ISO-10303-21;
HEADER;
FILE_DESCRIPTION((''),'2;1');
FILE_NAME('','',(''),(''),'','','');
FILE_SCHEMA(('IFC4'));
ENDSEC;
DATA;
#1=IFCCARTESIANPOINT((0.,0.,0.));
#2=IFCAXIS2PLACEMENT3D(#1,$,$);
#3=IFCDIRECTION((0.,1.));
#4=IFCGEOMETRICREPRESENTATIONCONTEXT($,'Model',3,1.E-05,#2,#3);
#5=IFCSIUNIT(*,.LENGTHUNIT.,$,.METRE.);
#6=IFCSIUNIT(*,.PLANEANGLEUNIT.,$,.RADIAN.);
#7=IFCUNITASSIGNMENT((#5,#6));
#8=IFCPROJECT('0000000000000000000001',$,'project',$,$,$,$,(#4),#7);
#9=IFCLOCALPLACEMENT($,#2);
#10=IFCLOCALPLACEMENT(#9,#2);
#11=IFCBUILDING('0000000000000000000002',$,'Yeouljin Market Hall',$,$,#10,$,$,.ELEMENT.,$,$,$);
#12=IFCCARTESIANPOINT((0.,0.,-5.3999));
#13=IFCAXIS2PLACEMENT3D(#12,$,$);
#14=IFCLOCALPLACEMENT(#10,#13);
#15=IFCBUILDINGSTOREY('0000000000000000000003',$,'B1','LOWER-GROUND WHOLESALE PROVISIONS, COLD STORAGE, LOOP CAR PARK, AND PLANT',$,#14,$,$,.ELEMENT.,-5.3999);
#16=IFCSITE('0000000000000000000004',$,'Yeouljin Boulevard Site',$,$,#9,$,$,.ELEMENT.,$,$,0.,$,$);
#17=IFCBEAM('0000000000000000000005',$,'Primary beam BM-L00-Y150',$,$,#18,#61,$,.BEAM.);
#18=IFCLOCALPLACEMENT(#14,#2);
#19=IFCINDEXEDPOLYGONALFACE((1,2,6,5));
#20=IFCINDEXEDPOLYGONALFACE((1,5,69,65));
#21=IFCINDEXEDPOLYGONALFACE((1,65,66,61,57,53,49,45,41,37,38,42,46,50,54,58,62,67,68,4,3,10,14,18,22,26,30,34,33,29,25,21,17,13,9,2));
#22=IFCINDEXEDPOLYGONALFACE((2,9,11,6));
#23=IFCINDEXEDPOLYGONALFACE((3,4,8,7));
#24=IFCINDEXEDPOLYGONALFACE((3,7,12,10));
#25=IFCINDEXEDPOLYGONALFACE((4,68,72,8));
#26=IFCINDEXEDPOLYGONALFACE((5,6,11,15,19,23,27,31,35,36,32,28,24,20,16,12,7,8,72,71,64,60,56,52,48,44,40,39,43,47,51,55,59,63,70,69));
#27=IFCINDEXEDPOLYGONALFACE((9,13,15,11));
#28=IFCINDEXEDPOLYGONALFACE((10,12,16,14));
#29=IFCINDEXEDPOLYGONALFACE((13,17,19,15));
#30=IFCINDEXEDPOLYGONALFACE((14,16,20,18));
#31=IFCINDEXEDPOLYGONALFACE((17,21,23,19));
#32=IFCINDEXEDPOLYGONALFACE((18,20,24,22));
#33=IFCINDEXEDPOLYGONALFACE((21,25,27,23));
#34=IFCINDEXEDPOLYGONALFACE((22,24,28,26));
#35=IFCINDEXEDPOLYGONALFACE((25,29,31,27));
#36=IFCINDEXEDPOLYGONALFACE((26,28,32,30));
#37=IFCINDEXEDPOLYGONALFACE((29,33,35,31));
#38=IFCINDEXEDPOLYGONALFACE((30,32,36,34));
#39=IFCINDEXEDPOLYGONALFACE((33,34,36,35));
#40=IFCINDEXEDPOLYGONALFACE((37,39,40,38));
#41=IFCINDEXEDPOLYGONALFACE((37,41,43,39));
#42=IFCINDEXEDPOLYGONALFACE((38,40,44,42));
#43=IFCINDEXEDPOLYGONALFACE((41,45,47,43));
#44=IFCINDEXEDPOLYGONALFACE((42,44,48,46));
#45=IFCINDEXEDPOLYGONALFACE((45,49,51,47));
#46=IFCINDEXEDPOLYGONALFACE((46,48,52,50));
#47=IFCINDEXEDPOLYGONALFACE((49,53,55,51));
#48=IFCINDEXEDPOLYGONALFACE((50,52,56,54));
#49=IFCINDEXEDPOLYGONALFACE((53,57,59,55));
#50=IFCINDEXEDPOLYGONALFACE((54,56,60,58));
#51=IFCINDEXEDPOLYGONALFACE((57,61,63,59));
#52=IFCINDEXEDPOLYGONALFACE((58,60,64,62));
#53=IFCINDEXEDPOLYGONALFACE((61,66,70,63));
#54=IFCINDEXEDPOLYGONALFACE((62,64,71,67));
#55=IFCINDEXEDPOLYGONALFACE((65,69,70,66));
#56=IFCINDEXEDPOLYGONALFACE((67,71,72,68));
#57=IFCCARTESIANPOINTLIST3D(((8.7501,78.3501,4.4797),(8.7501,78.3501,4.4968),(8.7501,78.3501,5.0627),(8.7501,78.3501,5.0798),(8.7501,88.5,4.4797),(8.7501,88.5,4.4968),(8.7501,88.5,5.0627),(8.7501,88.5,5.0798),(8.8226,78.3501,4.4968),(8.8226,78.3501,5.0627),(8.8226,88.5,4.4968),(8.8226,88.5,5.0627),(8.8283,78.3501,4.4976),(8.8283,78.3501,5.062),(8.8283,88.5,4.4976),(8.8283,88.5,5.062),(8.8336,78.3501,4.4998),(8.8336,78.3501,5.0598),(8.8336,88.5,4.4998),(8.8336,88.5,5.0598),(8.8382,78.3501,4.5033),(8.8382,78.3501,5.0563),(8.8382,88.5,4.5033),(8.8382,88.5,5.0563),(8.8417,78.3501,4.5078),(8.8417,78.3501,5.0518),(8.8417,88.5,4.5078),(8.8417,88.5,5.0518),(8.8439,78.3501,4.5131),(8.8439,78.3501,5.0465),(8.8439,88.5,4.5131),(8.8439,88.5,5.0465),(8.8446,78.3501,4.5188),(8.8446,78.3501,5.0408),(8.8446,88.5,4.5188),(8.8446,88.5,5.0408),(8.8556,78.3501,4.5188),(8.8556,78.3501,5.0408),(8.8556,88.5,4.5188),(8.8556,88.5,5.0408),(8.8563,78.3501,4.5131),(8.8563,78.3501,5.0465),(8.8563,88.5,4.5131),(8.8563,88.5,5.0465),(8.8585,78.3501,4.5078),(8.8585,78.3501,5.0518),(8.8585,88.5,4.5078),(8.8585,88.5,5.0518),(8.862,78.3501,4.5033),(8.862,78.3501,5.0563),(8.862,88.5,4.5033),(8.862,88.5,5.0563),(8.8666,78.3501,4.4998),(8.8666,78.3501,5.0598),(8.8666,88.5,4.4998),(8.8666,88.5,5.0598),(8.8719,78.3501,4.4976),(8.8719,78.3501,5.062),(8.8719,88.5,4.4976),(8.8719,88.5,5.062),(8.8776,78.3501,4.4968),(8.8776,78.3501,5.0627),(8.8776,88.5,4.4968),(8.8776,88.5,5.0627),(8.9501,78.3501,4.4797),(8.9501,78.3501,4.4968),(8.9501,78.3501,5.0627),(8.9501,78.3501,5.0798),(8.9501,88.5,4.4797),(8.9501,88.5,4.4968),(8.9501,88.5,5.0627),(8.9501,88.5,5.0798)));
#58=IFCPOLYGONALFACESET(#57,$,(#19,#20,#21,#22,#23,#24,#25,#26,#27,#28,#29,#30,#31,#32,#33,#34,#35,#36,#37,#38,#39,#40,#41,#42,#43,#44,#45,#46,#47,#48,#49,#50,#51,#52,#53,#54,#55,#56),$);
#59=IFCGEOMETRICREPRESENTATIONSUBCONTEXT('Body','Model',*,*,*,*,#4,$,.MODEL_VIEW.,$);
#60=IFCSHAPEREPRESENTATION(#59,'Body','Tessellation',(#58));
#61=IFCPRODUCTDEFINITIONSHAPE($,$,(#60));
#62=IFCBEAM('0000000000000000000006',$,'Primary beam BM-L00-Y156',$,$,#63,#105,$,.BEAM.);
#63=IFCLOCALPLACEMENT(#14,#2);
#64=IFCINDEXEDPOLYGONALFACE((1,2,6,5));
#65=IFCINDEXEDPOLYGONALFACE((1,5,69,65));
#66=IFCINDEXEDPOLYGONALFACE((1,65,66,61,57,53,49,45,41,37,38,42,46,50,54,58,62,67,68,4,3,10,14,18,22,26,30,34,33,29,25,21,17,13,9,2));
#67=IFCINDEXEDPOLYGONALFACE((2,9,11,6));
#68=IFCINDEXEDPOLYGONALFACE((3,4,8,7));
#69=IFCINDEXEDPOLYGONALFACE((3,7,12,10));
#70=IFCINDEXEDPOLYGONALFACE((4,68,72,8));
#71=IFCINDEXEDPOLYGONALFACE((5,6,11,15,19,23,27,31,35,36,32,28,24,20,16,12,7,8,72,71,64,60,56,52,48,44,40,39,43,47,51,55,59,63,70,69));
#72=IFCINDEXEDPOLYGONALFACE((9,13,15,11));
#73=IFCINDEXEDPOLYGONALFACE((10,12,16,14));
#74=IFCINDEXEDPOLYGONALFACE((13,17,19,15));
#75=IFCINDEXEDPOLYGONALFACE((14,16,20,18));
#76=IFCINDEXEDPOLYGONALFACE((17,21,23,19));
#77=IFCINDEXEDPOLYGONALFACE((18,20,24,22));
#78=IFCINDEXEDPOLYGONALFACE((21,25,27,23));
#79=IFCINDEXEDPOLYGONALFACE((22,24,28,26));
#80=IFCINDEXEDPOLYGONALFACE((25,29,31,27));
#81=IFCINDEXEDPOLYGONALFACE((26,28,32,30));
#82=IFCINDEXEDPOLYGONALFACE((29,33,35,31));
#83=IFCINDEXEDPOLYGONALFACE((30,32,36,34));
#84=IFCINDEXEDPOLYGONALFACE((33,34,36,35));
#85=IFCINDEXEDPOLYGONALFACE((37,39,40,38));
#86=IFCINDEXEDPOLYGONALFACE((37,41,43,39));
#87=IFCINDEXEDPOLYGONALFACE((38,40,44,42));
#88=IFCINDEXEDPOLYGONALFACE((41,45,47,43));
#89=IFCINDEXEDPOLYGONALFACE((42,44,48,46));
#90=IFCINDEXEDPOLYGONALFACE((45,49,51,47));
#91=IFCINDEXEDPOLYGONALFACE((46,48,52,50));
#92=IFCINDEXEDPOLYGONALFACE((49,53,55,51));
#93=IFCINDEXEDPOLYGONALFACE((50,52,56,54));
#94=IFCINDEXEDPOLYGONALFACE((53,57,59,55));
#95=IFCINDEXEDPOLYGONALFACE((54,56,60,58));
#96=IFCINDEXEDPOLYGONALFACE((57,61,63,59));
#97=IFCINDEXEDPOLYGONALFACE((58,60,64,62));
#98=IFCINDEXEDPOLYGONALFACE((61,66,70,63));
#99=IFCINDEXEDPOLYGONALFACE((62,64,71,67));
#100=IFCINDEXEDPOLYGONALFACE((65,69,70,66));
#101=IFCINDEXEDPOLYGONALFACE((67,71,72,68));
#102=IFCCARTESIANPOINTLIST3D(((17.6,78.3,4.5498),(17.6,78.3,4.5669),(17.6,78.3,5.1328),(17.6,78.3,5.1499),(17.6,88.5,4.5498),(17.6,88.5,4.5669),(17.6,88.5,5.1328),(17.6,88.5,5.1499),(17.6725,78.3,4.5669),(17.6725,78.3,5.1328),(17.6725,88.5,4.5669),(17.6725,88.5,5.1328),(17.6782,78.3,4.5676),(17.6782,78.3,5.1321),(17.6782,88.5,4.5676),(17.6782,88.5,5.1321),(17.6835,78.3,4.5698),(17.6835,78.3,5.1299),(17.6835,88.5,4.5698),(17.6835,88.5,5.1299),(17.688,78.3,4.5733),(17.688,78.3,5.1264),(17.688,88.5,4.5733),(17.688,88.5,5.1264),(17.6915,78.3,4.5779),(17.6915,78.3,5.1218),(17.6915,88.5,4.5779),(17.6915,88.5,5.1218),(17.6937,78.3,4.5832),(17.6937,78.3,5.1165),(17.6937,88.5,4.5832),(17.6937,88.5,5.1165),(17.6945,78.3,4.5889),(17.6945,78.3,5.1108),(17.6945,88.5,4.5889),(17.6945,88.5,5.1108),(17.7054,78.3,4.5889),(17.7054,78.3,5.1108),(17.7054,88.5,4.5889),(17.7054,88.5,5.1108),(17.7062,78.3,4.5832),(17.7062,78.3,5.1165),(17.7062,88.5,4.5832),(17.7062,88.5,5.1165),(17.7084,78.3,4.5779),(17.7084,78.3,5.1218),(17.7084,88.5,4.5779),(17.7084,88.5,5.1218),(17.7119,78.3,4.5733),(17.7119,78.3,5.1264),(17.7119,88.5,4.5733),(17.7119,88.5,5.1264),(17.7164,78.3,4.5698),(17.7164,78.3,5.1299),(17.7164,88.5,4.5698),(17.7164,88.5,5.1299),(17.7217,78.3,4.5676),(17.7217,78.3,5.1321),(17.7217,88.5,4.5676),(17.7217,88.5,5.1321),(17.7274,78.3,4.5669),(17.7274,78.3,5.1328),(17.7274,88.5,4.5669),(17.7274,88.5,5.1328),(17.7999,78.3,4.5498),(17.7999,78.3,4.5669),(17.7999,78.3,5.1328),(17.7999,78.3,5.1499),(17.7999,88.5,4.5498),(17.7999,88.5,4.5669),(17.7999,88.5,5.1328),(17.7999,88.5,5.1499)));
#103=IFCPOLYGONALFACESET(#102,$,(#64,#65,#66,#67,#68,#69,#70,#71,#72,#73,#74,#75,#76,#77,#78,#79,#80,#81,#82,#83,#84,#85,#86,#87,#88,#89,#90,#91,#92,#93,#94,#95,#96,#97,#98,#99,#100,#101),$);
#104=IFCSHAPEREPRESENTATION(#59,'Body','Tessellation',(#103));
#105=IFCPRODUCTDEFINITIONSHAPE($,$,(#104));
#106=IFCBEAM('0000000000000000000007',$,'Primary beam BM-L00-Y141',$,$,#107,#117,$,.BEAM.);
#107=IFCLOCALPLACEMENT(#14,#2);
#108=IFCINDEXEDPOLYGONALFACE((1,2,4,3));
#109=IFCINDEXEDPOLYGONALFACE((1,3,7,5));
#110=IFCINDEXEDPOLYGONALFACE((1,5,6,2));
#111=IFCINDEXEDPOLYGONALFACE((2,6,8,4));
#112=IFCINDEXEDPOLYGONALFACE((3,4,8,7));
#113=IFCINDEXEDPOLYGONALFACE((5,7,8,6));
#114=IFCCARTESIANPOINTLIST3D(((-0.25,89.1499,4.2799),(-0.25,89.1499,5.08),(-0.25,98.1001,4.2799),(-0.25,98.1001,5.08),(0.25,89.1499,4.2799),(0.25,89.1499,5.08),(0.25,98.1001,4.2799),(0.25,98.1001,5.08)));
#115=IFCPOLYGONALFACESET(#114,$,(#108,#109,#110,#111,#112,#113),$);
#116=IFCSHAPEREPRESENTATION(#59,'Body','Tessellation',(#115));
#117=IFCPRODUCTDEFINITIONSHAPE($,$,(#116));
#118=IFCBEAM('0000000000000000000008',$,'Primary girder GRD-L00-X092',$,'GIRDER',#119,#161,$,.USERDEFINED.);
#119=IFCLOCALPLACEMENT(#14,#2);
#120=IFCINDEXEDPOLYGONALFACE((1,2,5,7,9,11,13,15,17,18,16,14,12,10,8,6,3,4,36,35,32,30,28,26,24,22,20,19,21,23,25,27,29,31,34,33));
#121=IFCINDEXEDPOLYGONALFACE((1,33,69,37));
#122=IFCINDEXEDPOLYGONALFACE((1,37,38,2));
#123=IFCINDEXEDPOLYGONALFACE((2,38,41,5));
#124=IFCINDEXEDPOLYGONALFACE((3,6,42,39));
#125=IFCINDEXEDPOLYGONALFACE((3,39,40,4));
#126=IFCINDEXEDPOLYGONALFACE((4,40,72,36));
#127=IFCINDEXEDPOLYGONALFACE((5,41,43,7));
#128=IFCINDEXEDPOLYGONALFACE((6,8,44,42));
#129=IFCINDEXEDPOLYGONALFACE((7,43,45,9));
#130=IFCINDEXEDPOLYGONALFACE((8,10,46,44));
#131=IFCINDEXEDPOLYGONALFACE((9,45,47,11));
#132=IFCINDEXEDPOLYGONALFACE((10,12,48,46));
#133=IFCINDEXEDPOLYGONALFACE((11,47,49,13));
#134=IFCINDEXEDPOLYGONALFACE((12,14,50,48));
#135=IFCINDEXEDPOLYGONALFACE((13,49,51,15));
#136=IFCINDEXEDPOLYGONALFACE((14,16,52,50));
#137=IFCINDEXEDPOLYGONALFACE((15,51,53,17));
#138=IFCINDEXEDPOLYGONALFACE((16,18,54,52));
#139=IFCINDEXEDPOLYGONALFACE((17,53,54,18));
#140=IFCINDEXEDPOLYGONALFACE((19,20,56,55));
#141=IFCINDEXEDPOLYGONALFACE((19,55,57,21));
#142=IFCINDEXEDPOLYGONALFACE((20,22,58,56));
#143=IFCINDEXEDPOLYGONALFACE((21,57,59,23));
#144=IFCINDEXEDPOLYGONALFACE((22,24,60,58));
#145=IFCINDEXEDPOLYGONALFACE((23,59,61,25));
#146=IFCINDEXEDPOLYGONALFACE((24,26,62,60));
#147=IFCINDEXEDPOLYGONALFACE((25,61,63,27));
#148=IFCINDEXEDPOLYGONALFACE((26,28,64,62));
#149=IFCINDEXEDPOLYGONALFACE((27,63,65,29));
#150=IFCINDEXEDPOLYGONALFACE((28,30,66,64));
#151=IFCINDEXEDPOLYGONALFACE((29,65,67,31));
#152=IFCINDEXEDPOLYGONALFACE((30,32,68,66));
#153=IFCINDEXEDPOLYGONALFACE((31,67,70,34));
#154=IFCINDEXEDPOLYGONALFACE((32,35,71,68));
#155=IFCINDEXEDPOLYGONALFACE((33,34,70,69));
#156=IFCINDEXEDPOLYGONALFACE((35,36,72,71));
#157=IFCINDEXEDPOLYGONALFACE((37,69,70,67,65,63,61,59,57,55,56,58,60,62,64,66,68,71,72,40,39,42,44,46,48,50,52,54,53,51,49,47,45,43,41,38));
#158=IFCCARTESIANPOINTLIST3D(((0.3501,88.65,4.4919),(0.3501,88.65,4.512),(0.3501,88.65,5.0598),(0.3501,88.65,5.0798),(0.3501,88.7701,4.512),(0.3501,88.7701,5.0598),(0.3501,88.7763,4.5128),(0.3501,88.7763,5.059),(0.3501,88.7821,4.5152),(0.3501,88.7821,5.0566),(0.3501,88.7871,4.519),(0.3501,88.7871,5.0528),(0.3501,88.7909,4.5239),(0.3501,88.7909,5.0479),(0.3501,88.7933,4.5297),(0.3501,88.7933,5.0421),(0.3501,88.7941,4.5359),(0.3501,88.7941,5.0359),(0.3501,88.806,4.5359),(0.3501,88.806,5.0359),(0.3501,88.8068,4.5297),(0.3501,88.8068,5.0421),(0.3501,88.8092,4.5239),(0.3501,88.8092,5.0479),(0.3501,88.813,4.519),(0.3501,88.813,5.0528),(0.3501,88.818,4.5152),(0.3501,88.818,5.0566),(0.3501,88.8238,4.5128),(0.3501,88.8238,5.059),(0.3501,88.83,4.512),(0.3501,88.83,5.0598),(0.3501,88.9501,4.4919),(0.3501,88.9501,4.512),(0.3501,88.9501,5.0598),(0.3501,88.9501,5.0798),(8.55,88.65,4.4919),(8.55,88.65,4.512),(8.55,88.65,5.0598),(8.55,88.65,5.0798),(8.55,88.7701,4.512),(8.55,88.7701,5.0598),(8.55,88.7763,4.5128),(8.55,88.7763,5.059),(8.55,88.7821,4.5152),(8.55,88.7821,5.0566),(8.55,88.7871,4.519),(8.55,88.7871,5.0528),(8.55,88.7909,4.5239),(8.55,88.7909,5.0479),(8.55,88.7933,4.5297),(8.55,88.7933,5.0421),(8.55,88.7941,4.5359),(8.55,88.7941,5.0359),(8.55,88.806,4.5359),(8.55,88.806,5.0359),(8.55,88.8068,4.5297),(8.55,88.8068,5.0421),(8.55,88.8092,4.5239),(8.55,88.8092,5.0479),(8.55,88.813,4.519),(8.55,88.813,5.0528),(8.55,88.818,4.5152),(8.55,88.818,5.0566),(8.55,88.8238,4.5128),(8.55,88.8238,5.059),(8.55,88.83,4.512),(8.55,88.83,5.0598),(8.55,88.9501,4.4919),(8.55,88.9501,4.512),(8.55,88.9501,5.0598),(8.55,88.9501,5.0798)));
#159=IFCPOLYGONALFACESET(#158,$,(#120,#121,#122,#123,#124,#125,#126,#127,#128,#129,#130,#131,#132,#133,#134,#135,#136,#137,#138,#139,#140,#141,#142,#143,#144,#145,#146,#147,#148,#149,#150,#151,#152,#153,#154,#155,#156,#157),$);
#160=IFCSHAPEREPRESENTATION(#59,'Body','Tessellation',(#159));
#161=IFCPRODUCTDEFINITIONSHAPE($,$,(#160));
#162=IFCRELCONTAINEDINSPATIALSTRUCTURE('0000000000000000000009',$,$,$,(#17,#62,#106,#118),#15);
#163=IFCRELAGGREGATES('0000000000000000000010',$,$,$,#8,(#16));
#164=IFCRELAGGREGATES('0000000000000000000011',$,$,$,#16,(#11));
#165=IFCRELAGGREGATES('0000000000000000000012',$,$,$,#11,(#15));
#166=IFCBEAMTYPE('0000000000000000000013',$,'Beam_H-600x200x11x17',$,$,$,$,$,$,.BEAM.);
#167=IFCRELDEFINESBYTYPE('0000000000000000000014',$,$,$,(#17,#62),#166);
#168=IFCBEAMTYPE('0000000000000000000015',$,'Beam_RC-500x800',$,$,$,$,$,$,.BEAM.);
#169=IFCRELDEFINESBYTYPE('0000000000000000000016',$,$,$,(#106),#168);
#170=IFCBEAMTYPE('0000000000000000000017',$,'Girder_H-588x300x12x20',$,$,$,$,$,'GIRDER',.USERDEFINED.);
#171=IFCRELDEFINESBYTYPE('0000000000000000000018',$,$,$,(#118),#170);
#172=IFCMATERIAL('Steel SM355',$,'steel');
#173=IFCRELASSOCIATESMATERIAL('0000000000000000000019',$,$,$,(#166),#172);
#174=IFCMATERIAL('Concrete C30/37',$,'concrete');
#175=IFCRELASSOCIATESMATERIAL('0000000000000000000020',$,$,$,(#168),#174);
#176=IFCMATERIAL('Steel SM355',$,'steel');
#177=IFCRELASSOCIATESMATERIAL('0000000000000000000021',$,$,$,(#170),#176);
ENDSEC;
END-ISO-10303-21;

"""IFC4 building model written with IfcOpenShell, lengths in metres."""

from ifc_helpers import new_model, si_unit, direction, frame, origin, origin_2d, place, context, subcontext, project, spatial, rectangle, i_section, extrude, material, material_profile, profile_set, type_object, element, save


model = new_model("IFC4")

# Units and contexts
model_context = context("Model", 3, precision=1e-05, world=origin(), true_north=direction((0.0, 1.0)))
body_context = subcontext(model_context, "Body", "Model", "MODEL_VIEW")
ifc_project = project(units=[si_unit("LENGTHUNIT", "METRE"), si_unit("PLANEANGLEUNIT", "RADIAN")], contexts=[model_context])

# Site, building, storey
site_placement = place(None, origin())
site = spatial("IfcSite", under=ifc_project, at=site_placement, Name="Yeouljin Boulevard Site", CompositionType="ELEMENT", RefElevation=0.0)
building_placement = place(site_placement, origin())
building = spatial("IfcBuilding", under=site, at=building_placement, Name="Yeouljin Market Hall", CompositionType="ELEMENT")
storey_placement = place(building_placement, frame((0.0, 0.0, -5.3999)))
storey = spatial("IfcBuildingStorey", under=building, at=storey_placement, Name="B1", Description="LOWER-GROUND WHOLESALE PROVISIONS, COLD STORAGE, LOOP CAR PARK, AND PLANT", CompositionType="ELEMENT", Elevation=-5.3999)

# Beams
ifc_material_1 = material(Name="Steel SM355", Category="steel")
ifc_material_profile_1 = material_profile(ifc_material_1, i_section(OverallWidth=0.2, OverallDepth=0.6001, WebThickness=0.011, FlangeThickness=0.0171, FilletRadius=0.022, at=origin_2d()), Name="H-600x200x11x17")
ifc_profile_set_1 = profile_set([ifc_material_profile_1], Name="Steel SM355")
beam_type_1 = type_object("IfcBeamType", Name="Beam_H-600x200x11x17", PredefinedType="BEAM", material=ifc_profile_set_1)
beam_1_placement = place(storey_placement, frame((8.8501, 78.3501, 4.7798), z_axis=(0.0, 1.0, 0.0), x_axis=(-1.0, 0.0, 0.0)))
element("IfcBeam", 1, at=beam_1_placement, inside=storey, type_object=beam_type_1, Name="Primary beam BM-L00-Y150", PredefinedType="BEAM", context=body_context, shape_type="SweptSolid", body=[
    extrude(i_section(OverallWidth=0.2, OverallDepth=0.6001, WebThickness=0.011, FlangeThickness=0.0171, FilletRadius=0.022, at=origin_2d()), origin(), (0.0, 0.0, 1.0), 10.1499),
])
beam_2_placement = place(storey_placement, frame((17.7, 78.3, 4.8499), z_axis=(0.0, 1.0, 0.0), x_axis=(-1.0, 0.0, 0.0)))
element("IfcBeam", 2, at=beam_2_placement, inside=storey, type_object=beam_type_1, Name="Primary beam BM-L00-Y156", PredefinedType="BEAM", context=body_context, shape_type="SweptSolid", body=[
    extrude(i_section(OverallWidth=0.2, OverallDepth=0.6001, WebThickness=0.011, FlangeThickness=0.0171, FilletRadius=0.022, at=origin_2d()), origin(), (0.0, 0.0, 1.0), 10.2),
])
ifc_material_2 = material(Name="Concrete C30/37", Category="concrete")
ifc_material_profile_2 = material_profile(ifc_material_2, rectangle(XDim=0.5, YDim=0.8, at=origin_2d()), Name="RC-500x800")
ifc_profile_set_2 = profile_set([ifc_material_profile_2], Name="Concrete C30/37")
beam_type_2 = type_object("IfcBeamType", Name="Beam_RC-500x800", PredefinedType="BEAM", material=ifc_profile_set_2)
beam_3_placement = place(storey_placement, frame((0.0, 89.1499, 4.6799), z_axis=(0.0, 1.0, 0.0), x_axis=(-1.0, 0.0, 0.0)))
element("IfcBeam", 3, at=beam_3_placement, inside=storey, type_object=beam_type_2, Name="Primary beam BM-L00-Y141", PredefinedType="BEAM", context=body_context, shape_type="SweptSolid", body=[
    extrude(rectangle(XDim=0.5, YDim=0.8, at=origin_2d()), origin(), (0.0, 0.0, 1.0), 8.9502),
])
ifc_material_3 = material(Name="Steel SM355", Category="steel")
ifc_material_profile_3 = material_profile(ifc_material_3, i_section(OverallWidth=0.3, OverallDepth=0.5879, WebThickness=0.012, FlangeThickness=0.02, FilletRadius=0.0239, at=origin_2d()), Name="H-588x300x12x20")
ifc_profile_set_3 = profile_set([ifc_material_profile_3], Name="Steel SM355")
beam_type_3 = type_object("IfcBeamType", Name="Girder_H-588x300x12x20", ElementType="GIRDER", PredefinedType="USERDEFINED", material=ifc_profile_set_3)
beam_4_placement = place(storey_placement, frame((0.3501, 88.8, 4.7859), z_axis=(1.0, 0.0, 0.0), x_axis=(0.0, 1.0, 0.0)))
element("IfcBeam", 4, at=beam_4_placement, inside=storey, type_object=beam_type_3, Name="Primary girder GRD-L00-X092", ObjectType="GIRDER", PredefinedType="USERDEFINED", context=body_context, shape_type="SweptSolid", body=[
    extrude(i_section(OverallWidth=0.3, OverallDepth=0.5879, WebThickness=0.012, FlangeThickness=0.02, FilletRadius=0.0239, at=origin_2d()), origin(), (0.0, 0.0, 1.0), 8.2),
])

save(model, "model.ifc")
